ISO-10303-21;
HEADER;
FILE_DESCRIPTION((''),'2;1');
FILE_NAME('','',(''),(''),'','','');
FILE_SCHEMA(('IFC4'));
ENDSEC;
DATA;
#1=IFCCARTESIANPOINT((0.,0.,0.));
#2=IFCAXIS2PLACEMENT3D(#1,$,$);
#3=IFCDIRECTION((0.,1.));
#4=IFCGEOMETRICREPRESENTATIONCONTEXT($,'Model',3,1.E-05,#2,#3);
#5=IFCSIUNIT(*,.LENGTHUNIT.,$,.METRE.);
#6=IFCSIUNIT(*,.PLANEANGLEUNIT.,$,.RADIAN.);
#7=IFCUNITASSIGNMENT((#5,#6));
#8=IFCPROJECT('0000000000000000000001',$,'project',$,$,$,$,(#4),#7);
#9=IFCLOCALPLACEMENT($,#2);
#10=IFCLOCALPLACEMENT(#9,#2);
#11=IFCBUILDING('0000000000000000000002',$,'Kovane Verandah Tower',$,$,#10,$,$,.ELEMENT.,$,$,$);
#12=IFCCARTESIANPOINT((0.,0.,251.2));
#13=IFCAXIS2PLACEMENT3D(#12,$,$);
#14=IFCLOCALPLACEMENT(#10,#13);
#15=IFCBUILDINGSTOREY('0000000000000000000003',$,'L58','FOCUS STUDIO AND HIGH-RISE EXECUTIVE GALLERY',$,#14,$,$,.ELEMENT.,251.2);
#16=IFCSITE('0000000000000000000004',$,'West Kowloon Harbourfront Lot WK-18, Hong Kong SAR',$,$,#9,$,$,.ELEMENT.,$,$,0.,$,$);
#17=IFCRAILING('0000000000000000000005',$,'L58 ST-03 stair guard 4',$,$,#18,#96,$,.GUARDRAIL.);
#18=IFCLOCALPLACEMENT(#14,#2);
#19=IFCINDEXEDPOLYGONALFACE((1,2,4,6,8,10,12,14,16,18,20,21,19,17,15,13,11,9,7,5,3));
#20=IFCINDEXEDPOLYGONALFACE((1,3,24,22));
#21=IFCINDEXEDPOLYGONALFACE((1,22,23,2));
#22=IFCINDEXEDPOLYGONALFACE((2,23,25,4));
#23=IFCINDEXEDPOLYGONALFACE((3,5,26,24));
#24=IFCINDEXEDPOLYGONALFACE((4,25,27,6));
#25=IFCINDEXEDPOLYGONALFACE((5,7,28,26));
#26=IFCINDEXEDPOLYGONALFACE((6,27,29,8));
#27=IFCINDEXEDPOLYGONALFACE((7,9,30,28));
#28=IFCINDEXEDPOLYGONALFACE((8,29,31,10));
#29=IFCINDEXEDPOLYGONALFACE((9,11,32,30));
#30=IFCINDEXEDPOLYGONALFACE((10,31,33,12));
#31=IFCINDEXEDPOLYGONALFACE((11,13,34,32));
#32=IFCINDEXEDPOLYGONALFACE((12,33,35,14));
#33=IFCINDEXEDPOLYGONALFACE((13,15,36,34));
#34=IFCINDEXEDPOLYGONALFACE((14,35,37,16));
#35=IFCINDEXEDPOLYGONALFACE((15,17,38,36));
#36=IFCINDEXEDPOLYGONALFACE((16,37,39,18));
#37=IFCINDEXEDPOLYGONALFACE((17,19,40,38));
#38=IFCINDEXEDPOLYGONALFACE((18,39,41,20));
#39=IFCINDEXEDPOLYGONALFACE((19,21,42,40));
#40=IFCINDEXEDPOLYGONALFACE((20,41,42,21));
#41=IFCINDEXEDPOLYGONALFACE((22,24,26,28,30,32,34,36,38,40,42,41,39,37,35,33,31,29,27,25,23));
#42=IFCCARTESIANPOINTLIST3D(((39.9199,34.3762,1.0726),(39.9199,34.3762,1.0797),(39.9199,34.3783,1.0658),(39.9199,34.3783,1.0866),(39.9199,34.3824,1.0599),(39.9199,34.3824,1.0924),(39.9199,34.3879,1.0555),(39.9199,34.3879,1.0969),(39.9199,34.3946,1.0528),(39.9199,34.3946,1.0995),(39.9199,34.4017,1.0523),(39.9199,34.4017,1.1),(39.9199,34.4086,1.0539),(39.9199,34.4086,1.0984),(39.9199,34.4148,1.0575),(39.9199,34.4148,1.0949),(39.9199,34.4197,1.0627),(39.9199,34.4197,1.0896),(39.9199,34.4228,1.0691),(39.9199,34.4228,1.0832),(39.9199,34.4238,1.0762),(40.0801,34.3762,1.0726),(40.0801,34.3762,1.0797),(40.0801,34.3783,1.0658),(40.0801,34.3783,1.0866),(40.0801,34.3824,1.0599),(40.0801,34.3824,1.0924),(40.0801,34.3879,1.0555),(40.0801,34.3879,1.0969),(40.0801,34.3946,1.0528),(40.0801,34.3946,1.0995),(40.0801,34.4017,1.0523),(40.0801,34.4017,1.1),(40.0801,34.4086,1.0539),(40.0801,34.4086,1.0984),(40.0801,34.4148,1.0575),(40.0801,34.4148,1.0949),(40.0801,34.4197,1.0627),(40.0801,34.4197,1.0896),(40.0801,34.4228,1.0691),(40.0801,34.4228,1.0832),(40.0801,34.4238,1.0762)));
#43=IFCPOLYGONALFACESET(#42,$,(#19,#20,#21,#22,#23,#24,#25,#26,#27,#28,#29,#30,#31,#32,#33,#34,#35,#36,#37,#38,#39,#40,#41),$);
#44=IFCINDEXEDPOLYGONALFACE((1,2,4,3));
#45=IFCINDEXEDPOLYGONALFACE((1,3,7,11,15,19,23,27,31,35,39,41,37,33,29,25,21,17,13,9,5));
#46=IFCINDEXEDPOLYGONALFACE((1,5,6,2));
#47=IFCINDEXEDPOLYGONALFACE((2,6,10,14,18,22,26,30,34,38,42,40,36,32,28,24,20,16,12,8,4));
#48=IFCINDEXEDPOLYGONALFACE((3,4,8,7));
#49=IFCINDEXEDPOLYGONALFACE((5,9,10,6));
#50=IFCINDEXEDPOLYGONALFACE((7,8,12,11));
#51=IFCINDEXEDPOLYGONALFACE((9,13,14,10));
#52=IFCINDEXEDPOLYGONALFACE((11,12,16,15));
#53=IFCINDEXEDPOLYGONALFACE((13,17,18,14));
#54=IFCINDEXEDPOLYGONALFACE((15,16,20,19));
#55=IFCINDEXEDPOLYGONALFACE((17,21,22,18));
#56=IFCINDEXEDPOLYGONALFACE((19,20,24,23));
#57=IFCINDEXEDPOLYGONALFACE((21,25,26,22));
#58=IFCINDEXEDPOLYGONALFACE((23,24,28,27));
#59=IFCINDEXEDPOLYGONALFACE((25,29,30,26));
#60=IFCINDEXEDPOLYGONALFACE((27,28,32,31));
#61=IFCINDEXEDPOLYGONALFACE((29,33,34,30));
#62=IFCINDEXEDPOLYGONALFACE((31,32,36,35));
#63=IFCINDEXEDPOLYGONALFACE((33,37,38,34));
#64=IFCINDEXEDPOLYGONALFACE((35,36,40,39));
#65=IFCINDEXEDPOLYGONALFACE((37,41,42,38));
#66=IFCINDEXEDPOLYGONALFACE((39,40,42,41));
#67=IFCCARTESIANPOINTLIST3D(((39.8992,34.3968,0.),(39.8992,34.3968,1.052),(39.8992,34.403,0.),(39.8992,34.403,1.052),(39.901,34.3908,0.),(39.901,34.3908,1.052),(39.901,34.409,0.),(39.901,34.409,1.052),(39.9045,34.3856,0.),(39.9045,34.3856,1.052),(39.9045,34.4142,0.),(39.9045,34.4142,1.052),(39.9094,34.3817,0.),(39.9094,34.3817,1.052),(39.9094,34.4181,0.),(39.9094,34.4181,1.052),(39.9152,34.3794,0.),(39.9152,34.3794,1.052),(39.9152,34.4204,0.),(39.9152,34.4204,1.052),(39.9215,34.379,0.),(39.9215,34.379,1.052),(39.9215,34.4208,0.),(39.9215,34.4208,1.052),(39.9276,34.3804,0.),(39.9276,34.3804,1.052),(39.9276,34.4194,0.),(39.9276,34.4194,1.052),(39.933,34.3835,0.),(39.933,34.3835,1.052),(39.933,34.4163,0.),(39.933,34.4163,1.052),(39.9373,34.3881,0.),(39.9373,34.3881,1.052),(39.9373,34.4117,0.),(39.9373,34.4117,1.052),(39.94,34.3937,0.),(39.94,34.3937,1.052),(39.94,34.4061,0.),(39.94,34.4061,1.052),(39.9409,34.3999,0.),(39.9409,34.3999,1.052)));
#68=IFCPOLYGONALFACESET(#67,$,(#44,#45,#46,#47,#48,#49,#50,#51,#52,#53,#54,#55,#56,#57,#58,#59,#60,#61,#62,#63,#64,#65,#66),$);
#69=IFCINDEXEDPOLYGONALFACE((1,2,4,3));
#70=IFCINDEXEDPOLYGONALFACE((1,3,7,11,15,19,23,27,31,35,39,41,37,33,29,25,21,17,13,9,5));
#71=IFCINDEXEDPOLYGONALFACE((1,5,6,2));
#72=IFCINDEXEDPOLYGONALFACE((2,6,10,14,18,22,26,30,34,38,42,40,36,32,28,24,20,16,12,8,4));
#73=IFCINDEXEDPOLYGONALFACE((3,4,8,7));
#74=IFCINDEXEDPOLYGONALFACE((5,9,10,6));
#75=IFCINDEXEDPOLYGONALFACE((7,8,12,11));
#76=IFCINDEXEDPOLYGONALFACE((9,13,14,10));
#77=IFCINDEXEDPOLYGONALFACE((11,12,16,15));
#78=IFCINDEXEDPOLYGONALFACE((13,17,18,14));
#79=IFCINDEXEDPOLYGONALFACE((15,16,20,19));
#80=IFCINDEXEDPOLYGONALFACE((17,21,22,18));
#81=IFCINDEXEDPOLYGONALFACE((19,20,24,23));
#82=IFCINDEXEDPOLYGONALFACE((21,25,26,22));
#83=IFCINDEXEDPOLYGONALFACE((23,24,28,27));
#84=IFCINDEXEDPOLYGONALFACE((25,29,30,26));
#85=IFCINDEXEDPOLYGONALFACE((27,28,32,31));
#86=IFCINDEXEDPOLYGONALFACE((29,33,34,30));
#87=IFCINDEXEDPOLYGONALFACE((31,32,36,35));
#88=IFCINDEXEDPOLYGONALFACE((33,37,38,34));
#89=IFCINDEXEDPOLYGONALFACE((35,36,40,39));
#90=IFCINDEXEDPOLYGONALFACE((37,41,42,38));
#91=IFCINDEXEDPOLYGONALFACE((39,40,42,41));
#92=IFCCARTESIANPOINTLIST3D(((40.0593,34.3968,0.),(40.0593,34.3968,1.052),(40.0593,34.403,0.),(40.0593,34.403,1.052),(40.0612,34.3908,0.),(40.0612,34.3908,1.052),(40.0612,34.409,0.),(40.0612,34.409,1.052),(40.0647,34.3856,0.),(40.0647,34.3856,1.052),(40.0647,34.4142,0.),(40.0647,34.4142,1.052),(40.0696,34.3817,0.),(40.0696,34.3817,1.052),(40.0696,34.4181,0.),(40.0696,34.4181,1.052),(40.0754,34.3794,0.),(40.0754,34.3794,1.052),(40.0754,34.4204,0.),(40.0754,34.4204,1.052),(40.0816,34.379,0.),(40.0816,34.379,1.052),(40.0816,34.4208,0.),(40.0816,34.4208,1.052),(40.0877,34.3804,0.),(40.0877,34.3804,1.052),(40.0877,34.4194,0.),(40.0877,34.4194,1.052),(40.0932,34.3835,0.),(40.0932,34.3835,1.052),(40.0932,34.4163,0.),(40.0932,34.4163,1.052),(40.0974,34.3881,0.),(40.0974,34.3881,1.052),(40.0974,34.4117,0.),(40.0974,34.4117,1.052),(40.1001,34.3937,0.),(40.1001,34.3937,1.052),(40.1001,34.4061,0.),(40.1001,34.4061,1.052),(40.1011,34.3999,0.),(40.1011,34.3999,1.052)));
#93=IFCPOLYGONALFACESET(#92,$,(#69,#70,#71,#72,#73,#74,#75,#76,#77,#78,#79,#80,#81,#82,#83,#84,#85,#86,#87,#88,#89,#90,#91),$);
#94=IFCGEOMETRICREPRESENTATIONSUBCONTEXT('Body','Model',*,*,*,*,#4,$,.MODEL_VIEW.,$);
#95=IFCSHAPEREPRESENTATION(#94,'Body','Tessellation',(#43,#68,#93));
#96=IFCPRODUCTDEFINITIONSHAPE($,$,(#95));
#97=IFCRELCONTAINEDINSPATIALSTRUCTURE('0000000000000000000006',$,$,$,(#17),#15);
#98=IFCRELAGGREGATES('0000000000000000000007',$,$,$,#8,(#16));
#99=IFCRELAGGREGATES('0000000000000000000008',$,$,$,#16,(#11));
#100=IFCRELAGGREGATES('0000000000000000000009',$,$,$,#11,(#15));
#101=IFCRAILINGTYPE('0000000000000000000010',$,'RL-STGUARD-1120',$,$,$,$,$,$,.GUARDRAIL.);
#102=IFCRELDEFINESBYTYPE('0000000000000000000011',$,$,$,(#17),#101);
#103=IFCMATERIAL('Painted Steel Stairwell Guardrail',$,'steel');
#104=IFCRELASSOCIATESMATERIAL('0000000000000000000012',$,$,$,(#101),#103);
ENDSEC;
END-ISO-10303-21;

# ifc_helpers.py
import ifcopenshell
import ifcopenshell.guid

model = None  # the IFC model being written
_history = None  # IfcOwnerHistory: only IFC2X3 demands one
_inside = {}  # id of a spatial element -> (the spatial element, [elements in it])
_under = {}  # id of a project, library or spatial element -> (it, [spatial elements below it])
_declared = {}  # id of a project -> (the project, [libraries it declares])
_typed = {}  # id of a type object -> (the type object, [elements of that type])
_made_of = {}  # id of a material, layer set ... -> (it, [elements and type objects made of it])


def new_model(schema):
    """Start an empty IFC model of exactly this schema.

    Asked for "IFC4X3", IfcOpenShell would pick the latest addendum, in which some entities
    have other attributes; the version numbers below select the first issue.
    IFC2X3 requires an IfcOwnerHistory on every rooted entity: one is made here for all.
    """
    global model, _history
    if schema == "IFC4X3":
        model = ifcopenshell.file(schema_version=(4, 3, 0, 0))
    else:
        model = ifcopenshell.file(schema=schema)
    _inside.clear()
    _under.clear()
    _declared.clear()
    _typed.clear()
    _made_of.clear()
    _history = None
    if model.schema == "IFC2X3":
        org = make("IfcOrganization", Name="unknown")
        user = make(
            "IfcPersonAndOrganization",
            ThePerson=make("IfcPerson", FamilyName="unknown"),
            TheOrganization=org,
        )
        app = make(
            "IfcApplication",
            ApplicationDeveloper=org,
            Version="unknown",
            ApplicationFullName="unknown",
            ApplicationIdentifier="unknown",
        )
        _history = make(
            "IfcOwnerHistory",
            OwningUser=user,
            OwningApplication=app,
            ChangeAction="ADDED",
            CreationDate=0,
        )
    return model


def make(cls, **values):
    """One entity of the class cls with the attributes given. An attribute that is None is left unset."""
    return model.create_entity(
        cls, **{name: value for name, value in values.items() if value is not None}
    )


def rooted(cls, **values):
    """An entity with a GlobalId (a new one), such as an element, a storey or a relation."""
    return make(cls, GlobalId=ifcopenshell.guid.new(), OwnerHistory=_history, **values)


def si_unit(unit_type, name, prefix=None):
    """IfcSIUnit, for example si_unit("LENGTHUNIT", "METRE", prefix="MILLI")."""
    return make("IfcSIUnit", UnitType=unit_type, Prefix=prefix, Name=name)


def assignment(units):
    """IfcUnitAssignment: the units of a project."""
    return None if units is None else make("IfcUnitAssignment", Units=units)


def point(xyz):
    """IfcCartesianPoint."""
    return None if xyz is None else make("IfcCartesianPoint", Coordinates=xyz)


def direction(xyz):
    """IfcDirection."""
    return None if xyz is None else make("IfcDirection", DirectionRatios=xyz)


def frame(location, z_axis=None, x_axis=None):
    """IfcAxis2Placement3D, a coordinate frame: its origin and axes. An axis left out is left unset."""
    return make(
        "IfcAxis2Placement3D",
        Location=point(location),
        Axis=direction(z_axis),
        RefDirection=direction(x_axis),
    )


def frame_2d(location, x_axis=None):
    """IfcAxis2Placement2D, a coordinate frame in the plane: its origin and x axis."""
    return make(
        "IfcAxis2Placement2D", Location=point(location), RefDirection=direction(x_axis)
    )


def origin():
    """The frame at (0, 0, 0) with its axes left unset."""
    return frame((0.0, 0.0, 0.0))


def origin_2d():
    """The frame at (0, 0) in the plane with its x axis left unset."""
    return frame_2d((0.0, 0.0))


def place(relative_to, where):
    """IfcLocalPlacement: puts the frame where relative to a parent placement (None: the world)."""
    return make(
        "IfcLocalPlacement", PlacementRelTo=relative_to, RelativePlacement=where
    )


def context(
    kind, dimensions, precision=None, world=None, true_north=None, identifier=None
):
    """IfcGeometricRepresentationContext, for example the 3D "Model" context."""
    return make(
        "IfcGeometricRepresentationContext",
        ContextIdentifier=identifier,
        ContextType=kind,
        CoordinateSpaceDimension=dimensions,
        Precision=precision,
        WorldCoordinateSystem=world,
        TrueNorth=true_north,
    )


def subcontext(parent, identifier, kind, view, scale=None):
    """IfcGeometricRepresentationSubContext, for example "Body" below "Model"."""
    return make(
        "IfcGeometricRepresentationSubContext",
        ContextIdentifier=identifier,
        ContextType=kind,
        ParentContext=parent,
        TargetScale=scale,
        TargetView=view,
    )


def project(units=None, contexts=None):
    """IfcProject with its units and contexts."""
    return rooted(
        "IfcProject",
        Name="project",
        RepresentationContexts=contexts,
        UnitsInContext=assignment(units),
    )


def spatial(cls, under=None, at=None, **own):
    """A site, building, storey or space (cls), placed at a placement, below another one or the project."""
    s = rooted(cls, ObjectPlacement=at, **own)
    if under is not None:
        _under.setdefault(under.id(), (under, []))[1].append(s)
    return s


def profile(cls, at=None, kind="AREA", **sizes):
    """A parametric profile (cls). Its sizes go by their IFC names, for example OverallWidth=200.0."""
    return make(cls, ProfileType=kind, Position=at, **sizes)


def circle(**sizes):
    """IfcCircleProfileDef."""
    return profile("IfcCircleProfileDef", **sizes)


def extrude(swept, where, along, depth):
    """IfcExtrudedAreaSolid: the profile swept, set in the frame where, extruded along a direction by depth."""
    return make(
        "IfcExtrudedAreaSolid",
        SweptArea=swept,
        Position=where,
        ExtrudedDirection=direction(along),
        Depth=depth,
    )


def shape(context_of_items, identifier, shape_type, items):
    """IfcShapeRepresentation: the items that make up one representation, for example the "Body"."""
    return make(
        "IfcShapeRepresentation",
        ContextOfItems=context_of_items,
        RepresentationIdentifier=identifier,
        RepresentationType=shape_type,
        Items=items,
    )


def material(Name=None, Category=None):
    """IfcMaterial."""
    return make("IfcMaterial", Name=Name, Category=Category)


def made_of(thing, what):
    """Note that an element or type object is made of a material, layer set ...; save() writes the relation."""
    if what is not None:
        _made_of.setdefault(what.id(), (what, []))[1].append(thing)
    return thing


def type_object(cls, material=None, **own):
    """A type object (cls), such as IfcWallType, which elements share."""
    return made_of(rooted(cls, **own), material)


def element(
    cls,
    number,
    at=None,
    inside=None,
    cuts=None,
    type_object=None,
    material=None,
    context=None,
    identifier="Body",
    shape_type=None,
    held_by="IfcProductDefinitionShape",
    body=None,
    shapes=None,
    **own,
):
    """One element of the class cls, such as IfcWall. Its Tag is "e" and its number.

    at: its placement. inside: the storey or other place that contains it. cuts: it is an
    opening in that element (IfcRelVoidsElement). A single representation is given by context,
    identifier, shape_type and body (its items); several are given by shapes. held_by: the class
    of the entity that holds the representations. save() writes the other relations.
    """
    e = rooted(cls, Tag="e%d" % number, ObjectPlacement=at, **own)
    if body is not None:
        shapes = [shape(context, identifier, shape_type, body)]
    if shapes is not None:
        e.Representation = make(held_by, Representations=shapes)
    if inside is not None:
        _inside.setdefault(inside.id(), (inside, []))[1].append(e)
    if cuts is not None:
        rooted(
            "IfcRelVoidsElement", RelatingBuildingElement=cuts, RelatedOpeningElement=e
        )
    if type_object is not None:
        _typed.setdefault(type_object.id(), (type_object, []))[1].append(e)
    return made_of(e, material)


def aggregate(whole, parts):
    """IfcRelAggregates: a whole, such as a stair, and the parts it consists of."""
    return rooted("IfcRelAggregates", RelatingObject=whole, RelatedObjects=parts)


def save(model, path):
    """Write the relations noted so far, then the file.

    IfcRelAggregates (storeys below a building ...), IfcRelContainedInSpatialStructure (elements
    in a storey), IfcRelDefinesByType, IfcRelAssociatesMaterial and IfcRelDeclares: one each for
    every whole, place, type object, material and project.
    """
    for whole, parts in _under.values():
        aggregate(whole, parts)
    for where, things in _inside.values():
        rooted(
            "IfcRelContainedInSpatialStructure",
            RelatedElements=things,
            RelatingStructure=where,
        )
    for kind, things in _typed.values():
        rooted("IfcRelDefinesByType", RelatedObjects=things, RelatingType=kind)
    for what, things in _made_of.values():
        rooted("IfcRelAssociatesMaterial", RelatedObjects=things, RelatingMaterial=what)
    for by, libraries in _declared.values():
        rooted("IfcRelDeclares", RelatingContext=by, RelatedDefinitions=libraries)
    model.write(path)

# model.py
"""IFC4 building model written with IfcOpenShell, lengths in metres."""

from ifc_helpers import new_model, si_unit, direction, frame, origin, origin_2d, place, context, subcontext, project, spatial, circle, extrude, material, type_object, element, save


model = new_model("IFC4")

# Units and contexts
model_context = context("Model", 3, precision=1e-05, world=origin(), true_north=direction((0.0, 1.0)))
body_context = subcontext(model_context, "Body", "Model", "MODEL_VIEW")
ifc_project = project(units=[si_unit("LENGTHUNIT", "METRE"), si_unit("PLANEANGLEUNIT", "RADIAN")], contexts=[model_context])

# Site, building, storey
site_placement = place(None, origin())
site = spatial("IfcSite", under=ifc_project, at=site_placement, Name="West Kowloon Harbourfront Lot WK-18, Hong Kong SAR", CompositionType="ELEMENT", RefElevation=0.0)
building_placement = place(site_placement, origin())
building = spatial("IfcBuilding", under=site, at=building_placement, Name="Kovane Verandah Tower", CompositionType="ELEMENT")
storey_placement = place(building_placement, frame((0.0, 0.0, 251.2)))
storey = spatial("IfcBuildingStorey", under=building, at=storey_placement, Name="L58", Description="FOCUS STUDIO AND HIGH-RISE EXECUTIVE GALLERY", CompositionType="ELEMENT", Elevation=251.2)

# Railing
ifc_material_1 = material(Name="Painted Steel Stairwell Guardrail", Category="steel")
railing_type_1 = type_object("IfcRailingType", Name="RL-STGUARD-1120", PredefinedType="GUARDRAIL", material=ifc_material_1)
railing_1_placement = place(storey_placement, frame((39.9199, 34.3999, 0.0)))
element("IfcRailing", 1, at=railing_1_placement, inside=storey, type_object=railing_type_1, Name="L58 ST-03 stair guard 4", PredefinedType="GUARDRAIL", context=body_context, shape_type="SweptSolid", body=[
    extrude(circle(Radius=0.0239, at=origin_2d()), frame((0.0, 0.0, 1.0762), z_axis=(1.0, 0.0, 0.0), x_axis=(0.0, 1.0, 0.0)), (0.0, 0.0, 1.0), 0.1602),
    extrude(circle(Radius=0.021, at=origin_2d()), origin(), (0.0, 0.0, 1.0), 1.052),
    extrude(circle(Radius=0.021, at=origin_2d()), frame((0.1602, 0.0, 0.0)), (0.0, 0.0, 1.0), 1.052),
])

save(model, "model.ifc")
